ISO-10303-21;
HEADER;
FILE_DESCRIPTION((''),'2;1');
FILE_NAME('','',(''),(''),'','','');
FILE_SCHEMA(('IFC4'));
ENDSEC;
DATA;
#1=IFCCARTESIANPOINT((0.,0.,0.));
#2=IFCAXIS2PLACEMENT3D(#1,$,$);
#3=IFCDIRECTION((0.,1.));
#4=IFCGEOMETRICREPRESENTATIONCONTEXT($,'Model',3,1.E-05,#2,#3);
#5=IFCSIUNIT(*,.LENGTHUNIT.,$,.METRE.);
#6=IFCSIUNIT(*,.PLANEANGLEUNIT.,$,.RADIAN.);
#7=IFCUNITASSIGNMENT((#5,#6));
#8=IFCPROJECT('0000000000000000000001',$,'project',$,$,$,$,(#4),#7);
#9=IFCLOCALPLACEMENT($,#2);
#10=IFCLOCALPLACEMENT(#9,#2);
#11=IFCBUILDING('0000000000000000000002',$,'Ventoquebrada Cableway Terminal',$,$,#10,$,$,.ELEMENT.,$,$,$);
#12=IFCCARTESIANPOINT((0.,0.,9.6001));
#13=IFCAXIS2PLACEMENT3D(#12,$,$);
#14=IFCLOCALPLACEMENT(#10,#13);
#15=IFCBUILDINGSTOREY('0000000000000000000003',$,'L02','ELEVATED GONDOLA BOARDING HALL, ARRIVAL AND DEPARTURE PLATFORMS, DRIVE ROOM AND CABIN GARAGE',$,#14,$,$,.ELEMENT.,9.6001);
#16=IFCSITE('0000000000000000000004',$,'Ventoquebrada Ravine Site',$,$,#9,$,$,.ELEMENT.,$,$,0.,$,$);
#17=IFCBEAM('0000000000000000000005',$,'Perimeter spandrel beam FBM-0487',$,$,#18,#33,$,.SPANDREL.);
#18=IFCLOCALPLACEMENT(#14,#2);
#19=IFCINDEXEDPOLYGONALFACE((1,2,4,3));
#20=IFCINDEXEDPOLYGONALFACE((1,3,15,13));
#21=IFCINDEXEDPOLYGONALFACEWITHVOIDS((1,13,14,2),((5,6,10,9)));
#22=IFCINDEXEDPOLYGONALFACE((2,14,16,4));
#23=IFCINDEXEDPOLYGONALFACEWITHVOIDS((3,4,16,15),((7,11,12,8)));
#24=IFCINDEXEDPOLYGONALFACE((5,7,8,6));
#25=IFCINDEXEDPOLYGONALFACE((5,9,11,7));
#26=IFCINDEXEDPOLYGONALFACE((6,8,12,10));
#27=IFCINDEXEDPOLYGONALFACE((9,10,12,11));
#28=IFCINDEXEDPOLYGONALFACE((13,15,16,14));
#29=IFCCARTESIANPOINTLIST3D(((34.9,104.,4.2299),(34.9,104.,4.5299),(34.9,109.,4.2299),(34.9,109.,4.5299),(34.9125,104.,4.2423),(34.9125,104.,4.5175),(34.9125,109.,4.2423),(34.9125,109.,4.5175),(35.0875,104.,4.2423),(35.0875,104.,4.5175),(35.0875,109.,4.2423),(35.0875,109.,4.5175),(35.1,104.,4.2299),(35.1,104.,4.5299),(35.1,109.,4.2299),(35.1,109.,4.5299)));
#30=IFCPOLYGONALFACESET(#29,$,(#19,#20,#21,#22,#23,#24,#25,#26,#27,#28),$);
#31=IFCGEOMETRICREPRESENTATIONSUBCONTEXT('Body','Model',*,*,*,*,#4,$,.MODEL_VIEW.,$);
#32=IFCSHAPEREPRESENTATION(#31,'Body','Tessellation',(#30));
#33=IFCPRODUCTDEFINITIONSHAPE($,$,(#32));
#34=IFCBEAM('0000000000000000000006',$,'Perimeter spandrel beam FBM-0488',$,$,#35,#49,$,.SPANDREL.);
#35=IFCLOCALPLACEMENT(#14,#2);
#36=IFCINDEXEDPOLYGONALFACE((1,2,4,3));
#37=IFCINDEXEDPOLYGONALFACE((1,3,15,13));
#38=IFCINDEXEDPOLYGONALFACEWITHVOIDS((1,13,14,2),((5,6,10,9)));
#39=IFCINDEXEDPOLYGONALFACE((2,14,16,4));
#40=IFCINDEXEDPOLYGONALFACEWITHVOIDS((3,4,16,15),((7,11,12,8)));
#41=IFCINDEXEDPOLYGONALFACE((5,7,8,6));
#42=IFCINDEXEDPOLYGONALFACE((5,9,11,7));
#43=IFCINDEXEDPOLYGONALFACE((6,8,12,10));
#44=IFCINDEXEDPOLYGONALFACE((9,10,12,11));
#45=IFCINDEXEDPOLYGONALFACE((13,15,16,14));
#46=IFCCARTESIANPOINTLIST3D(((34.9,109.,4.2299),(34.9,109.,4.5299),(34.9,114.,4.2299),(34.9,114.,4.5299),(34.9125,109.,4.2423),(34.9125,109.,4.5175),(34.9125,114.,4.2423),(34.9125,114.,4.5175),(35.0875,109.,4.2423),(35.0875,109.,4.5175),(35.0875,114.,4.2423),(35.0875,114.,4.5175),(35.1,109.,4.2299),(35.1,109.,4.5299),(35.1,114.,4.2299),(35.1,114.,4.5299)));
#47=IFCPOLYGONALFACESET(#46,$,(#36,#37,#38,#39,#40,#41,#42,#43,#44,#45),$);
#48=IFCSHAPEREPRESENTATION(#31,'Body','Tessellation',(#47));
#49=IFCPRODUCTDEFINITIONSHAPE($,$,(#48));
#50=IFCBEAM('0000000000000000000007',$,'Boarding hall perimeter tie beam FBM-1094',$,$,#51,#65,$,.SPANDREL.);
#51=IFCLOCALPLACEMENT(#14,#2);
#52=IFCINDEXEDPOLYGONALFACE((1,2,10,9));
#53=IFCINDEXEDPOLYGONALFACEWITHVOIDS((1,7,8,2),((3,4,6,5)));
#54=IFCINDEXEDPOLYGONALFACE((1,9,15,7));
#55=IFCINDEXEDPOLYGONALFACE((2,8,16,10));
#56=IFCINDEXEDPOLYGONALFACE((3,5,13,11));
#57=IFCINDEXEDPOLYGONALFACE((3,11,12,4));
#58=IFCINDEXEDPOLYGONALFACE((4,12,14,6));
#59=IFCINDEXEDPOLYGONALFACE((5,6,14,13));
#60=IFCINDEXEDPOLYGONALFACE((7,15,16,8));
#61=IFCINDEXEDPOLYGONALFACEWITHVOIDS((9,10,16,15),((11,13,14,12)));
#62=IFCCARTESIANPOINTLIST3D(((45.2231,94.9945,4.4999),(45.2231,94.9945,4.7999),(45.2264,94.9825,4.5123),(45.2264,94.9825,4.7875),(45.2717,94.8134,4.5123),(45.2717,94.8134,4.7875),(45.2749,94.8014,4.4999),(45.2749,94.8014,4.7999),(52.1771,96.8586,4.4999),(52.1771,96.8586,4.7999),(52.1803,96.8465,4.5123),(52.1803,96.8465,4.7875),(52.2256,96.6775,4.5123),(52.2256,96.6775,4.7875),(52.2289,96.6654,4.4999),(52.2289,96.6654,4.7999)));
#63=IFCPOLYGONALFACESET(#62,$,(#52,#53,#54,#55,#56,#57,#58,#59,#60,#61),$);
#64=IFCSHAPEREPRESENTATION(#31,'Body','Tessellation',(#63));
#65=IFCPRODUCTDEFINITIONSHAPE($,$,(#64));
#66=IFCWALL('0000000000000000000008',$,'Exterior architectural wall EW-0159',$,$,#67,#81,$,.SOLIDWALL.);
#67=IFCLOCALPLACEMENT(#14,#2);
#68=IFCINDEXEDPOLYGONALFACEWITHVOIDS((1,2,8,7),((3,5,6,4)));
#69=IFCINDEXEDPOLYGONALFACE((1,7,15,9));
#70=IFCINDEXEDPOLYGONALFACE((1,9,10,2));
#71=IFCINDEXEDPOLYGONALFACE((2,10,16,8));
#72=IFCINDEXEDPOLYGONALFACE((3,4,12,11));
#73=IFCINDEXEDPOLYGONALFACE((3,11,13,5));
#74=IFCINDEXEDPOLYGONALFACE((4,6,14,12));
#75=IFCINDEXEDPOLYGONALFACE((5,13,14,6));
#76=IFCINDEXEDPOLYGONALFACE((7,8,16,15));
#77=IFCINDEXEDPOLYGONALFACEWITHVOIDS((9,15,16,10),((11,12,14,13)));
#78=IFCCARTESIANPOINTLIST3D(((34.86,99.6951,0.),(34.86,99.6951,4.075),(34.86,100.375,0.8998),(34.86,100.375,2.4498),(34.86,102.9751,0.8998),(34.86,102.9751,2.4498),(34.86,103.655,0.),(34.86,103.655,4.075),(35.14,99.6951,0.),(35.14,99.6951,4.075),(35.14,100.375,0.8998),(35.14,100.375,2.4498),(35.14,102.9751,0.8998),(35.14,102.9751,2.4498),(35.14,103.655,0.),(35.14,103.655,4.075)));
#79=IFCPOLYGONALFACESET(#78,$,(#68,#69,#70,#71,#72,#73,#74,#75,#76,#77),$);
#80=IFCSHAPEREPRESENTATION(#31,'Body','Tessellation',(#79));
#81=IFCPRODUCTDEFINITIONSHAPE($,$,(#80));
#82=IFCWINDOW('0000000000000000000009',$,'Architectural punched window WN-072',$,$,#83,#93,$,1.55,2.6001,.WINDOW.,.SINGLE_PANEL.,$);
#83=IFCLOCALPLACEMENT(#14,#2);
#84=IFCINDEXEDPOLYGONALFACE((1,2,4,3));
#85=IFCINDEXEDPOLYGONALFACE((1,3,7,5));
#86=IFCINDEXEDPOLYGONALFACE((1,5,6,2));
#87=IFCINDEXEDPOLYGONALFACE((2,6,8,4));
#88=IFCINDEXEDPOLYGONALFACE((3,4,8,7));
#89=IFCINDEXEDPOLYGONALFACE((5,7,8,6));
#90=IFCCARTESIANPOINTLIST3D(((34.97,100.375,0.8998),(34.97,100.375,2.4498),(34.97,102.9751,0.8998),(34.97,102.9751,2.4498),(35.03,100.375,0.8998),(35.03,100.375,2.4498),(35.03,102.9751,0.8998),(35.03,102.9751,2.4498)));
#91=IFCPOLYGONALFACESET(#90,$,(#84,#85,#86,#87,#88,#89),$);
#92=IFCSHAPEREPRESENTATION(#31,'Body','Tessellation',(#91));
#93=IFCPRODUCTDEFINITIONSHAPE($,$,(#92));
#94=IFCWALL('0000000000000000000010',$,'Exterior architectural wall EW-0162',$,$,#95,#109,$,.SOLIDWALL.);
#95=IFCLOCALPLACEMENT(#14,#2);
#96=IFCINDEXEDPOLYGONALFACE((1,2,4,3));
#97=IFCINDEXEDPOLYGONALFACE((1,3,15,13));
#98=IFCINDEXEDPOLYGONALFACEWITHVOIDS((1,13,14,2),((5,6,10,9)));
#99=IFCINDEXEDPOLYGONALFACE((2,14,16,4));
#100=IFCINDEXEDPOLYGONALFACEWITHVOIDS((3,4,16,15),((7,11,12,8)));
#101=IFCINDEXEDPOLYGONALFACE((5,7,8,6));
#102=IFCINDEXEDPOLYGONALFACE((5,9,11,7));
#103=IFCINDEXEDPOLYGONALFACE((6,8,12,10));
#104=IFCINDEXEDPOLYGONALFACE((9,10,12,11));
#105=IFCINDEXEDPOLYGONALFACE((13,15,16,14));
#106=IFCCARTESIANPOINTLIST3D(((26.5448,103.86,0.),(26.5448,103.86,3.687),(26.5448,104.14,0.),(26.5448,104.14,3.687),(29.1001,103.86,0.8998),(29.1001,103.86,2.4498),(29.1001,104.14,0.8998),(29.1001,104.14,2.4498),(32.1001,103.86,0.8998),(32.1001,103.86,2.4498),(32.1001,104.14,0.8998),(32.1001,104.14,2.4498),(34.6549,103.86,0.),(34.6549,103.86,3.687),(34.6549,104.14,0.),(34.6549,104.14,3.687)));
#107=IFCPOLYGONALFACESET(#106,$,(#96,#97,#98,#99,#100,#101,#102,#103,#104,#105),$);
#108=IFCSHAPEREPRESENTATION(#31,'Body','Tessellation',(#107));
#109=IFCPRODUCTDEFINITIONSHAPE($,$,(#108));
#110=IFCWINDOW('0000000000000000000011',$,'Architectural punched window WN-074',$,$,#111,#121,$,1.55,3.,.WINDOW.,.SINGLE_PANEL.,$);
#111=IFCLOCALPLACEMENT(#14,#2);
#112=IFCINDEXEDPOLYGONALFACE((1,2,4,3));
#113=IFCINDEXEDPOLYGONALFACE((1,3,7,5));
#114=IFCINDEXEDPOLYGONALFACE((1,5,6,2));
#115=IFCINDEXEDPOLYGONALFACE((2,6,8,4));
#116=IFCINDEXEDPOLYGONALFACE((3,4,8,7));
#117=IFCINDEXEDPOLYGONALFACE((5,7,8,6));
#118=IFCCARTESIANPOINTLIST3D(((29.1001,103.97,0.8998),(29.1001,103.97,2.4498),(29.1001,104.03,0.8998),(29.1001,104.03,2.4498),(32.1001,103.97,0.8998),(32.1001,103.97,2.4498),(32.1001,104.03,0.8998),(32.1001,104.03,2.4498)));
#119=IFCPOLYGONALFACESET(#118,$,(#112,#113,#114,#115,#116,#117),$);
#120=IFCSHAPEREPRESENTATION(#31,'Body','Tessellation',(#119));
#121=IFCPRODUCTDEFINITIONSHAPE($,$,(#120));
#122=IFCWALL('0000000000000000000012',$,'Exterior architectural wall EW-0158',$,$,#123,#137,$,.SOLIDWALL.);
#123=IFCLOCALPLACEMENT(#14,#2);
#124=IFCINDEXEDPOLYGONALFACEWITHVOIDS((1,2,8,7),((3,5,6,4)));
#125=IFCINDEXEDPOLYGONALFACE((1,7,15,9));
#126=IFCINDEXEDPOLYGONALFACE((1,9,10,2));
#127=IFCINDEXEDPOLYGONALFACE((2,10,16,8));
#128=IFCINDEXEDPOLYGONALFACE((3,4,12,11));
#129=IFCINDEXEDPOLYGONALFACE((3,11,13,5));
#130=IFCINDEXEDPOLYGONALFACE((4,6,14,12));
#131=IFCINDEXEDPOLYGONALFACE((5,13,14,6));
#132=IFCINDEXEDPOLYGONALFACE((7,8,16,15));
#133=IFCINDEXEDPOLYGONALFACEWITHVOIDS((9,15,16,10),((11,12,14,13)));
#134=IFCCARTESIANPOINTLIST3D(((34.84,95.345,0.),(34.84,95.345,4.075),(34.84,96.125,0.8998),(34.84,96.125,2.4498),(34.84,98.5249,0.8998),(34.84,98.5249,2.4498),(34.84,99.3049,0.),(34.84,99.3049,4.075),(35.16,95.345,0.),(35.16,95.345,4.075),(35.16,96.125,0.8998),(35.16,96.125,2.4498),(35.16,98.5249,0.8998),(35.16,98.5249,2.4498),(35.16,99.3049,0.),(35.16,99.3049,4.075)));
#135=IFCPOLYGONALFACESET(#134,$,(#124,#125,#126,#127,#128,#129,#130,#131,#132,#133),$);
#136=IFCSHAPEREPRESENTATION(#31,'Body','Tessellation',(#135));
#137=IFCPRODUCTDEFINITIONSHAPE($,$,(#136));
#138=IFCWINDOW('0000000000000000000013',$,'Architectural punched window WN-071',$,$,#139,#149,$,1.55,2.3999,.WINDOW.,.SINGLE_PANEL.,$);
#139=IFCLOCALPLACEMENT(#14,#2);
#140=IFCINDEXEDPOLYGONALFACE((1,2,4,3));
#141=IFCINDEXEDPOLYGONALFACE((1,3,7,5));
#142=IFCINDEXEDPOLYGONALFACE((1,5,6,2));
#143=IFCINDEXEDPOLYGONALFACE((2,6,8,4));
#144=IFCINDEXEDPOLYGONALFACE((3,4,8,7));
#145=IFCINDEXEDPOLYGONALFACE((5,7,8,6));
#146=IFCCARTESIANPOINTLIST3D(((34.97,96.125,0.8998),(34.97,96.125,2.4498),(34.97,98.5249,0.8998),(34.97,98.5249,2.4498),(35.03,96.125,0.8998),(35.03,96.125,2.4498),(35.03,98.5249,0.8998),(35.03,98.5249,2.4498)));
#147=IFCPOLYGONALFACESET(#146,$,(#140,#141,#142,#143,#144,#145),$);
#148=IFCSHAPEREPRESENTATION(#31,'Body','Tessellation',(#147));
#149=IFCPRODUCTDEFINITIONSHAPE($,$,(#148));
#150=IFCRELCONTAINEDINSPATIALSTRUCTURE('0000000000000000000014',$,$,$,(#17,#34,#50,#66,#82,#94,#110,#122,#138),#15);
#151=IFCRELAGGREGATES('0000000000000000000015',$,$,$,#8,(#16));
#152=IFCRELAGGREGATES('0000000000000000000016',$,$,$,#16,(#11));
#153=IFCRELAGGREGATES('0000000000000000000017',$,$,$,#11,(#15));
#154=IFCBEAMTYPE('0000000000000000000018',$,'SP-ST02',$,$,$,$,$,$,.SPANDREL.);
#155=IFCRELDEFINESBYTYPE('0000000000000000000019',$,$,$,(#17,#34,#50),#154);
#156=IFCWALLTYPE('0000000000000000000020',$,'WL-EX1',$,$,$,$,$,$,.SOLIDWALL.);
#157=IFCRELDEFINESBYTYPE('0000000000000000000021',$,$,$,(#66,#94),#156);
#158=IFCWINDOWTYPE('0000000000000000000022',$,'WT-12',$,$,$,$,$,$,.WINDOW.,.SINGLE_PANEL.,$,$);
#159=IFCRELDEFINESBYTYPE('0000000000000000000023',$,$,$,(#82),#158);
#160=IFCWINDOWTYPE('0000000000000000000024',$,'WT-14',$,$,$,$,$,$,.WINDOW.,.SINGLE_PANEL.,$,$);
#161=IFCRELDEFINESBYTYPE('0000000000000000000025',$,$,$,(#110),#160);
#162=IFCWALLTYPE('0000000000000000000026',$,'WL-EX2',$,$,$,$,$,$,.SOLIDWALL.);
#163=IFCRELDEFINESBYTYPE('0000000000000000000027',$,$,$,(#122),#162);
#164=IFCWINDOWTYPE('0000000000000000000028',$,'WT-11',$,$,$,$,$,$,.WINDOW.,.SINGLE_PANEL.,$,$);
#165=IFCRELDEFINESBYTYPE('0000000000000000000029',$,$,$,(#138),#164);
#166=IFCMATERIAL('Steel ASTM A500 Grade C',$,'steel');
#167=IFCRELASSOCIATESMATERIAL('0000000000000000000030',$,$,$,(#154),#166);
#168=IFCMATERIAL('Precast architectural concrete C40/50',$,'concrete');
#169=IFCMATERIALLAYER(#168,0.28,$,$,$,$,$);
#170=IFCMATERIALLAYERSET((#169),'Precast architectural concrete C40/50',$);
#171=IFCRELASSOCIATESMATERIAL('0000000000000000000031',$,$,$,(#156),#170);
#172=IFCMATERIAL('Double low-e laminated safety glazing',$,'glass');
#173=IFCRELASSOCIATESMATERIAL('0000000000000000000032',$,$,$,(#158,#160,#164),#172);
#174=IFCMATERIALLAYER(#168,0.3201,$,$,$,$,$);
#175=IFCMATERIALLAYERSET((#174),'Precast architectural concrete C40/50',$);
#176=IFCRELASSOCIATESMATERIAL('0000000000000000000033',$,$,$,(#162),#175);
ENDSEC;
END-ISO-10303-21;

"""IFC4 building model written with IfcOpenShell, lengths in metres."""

from ifc_helpers import new_model, si_unit, direction, frame, frame_2d, origin, origin_2d, place, context, subcontext, project, spatial, rectangle, hollow_rectangle, extrude, material, layer, layer_set, material_profile, profile_set, type_object, element, fill, save


model = new_model("IFC4")

# Units and contexts
model_context = context("Model", 3, precision=1e-05, world=origin(), true_north=direction((0.0, 1.0)))
body_context = subcontext(model_context, "Body", "Model", "MODEL_VIEW")
ifc_project = project(units=[si_unit("LENGTHUNIT", "METRE"), si_unit("PLANEANGLEUNIT", "RADIAN")], contexts=[model_context])

# Site, building, storey
site_placement = place(None, origin())
site = spatial("IfcSite", under=ifc_project, at=site_placement, Name="Ventoquebrada Ravine Site", CompositionType="ELEMENT", RefElevation=0.0)
building_placement = place(site_placement, origin())
building = spatial("IfcBuilding", under=site, at=building_placement, Name="Ventoquebrada Cableway Terminal", CompositionType="ELEMENT")
storey_placement = place(building_placement, frame((0.0, 0.0, 9.6001)))
storey = spatial("IfcBuildingStorey", under=building, at=storey_placement, Name="L02", Description="ELEVATED GONDOLA BOARDING HALL, ARRIVAL AND DEPARTURE PLATFORMS, DRIVE ROOM AND CABIN GARAGE", CompositionType="ELEMENT", Elevation=9.6001)

# Shared definitions
ifc_material_1 = material(Name="Steel ASTM A500 Grade C", Category="steel")

# Beams
ifc_material_profile_1 = material_profile(ifc_material_1, hollow_rectangle(XDim=0.2, YDim=0.3, WallThickness=0.0125, at=origin_2d()), Name="RHS300X200X12.5")
ifc_profile_set_1 = profile_set([ifc_material_profile_1], Name="Steel ASTM A500 Grade C")
beam_type = type_object("IfcBeamType", Name="SP-ST02", PredefinedType="SPANDREL", material=ifc_profile_set_1)
for number, where, z_axis, x_axis, name in (
    (1, (35.0, 104.0, 4.3799), (0.0, 1.0, 0.0), (-1.0, 0.0, 0.0), "Perimeter spandrel beam FBM-0487"),
    (2, (35.0, 109.0, 4.3799), (0.0, 1.0, 0.0), (-1.0, 0.0, 0.0), "Perimeter spandrel beam FBM-0488"),
):
    element("IfcBeam", number, at=place(storey_placement, frame(where, z_axis=z_axis, x_axis=x_axis)), inside=storey, type_object=beam_type, Name=name, PredefinedType="SPANDREL", context=body_context, shape_type="SweptSolid", body=[
        extrude(hollow_rectangle(XDim=0.2, YDim=0.3, WallThickness=0.0125, at=origin_2d()), origin(), (0.0, 0.0, 1.0), 5.0),
    ])
beam_placement = place(storey_placement, frame((45.249, 94.8979, 4.6499), z_axis=(0.9659, 0.258914, 0.0), x_axis=(-0.258914, 0.9659, 0.0)))
element("IfcBeam", 3, at=beam_placement, inside=storey, type_object=beam_type, Name="Boarding hall perimeter tie beam FBM-1094", PredefinedType="SPANDREL", context=body_context, shape_type="SweptSolid", body=[
    extrude(hollow_rectangle(XDim=0.2, YDim=0.3, WallThickness=0.0125, at=origin_2d()), origin(), (0.0, 0.0, 1.0), 7.1995),
])

# Walls, openings, windows
ifc_material_2 = material(Name="Precast architectural concrete C40/50", Category="concrete")
ifc_layer_1 = layer(ifc_material_2, 0.28)
ifc_layer_set_1 = layer_set([ifc_layer_1], Name="Precast architectural concrete C40/50")
wall_type_1 = type_object("IfcWallType", Name="WL-EX1", PredefinedType="SOLIDWALL", material=ifc_layer_set_1)
wall_1_placement = place(storey_placement, frame((35.0, 99.6951, 0.0), z_axis=(0.0, 0.0, 1.0), x_axis=(0.0, 1.0, 0.0)))
wall_1 = element("IfcWall", 4, at=wall_1_placement, inside=storey, type_object=wall_type_1, Name="Exterior architectural wall EW-0159", PredefinedType="SOLIDWALL", context=body_context, shape_type="SweptSolid", body=[
    extrude(rectangle(XDim=3.96, YDim=0.28, at=frame_2d((1.98, 0.0))), origin(), (0.0, 0.0, 1.0), 4.075),
])
opening_1_placement = place(wall_1_placement, frame((0.6799, 0.0, 0.8999)))
opening_1 = element("IfcOpeningElement", 5, at=opening_1_placement, cuts=wall_1, PredefinedType="OPENING", context=body_context, shape_type="SweptSolid", body=[
    extrude(rectangle(XDim=2.6001, YDim=1.55, at=frame_2d((1.3, 0.7749))), frame((0.0, 0.1499, 0.0), z_axis=(0.0, -1.0, 0.0), x_axis=(1.0, 0.0, 0.0)), (0.0, 0.0, 1.0), 0.3),
])
ifc_material_3 = material(Name="Double low-e laminated safety glazing", Category="glass")
window_type_1 = type_object("IfcWindowType", Name="WT-12", PartitioningType="SINGLE_PANEL", PredefinedType="WINDOW", material=ifc_material_3)
window_1_placement = place(opening_1_placement, origin())
window_1 = element("IfcWindow", 6, at=window_1_placement, inside=storey, type_object=window_type_1, Name="Architectural punched window WN-072", OverallHeight=1.55, OverallWidth=2.6001, PartitioningType="SINGLE_PANEL", PredefinedType="WINDOW", context=body_context, shape_type="SweptSolid", body=[
    extrude(rectangle(XDim=2.6001, YDim=1.55, at=frame_2d((1.3, 0.7749))), frame((0.0, 0.03, 0.0), z_axis=(0.0, -1.0, 0.0), x_axis=(1.0, 0.0, 0.0)), (0.0, 0.0, 1.0), 0.0601),
])
fill(opening_1, window_1)
wall_2_placement = place(storey_placement, frame((34.655, 104.0, 0.0), z_axis=(0.0, 0.0, 1.0), x_axis=(-1.0, 0.0, 0.0)))
wall_2 = element("IfcWall", 7, at=wall_2_placement, inside=storey, type_object=wall_type_1, Name="Exterior architectural wall EW-0162", PredefinedType="SOLIDWALL", context=body_context, shape_type="SweptSolid", body=[
    extrude(rectangle(XDim=8.1101, YDim=0.28, at=frame_2d((4.0552, 0.0))), origin(), (0.0, 0.0, 1.0), 3.687),
])
opening_2_placement = place(wall_2_placement, frame((2.5549, 0.0, 0.8999)))
opening_2 = element("IfcOpeningElement", 8, at=opening_2_placement, cuts=wall_2, PredefinedType="OPENING", context=body_context, shape_type="SweptSolid", body=[
    extrude(rectangle(XDim=3.0, YDim=1.55, at=frame_2d((1.5, 0.7749))), frame((0.0, 0.1499, 0.0), z_axis=(0.0, -1.0, 0.0), x_axis=(1.0, 0.0, 0.0)), (0.0, 0.0, 1.0), 0.3),
])
window_type_2 = type_object("IfcWindowType", Name="WT-14", PartitioningType="SINGLE_PANEL", PredefinedType="WINDOW", material=ifc_material_3)
window_2_placement = place(opening_2_placement, origin())
window_2 = element("IfcWindow", 9, at=window_2_placement, inside=storey, type_object=window_type_2, Name="Architectural punched window WN-074", OverallHeight=1.55, OverallWidth=3.0, PartitioningType="SINGLE_PANEL", PredefinedType="WINDOW", context=body_context, shape_type="SweptSolid", body=[
    extrude(rectangle(XDim=3.0, YDim=1.55, at=frame_2d((1.5, 0.7749))), frame((0.0, 0.03, 0.0), z_axis=(0.0, -1.0, 0.0), x_axis=(1.0, 0.0, 0.0)), (0.0, 0.0, 1.0), 0.0601),
])
fill(opening_2, window_2)
ifc_layer_2 = layer(ifc_material_2, 0.3201)
ifc_layer_set_2 = layer_set([ifc_layer_2], Name="Precast architectural concrete C40/50")
wall_type_2 = type_object("IfcWallType", Name="WL-EX2", PredefinedType="SOLIDWALL", material=ifc_layer_set_2)
wall_3_placement = place(storey_placement, frame((35.0, 95.345, 0.0), z_axis=(0.0, 0.0, 1.0), x_axis=(0.0, 1.0, 0.0)))
wall_3 = element("IfcWall", 10, at=wall_3_placement, inside=storey, type_object=wall_type_2, Name="Exterior architectural wall EW-0158", PredefinedType="SOLIDWALL", context=body_context, shape_type="SweptSolid", body=[
    extrude(rectangle(XDim=3.96, YDim=0.3201, at=frame_2d((1.98, 0.0))), origin(), (0.0, 0.0, 1.0), 4.075),
])
opening_3_placement = place(wall_3_placement, frame((0.78, 0.0, 0.8999)))
opening_3 = element("IfcOpeningElement", 11, at=opening_3_placement, cuts=wall_3, PredefinedType="OPENING", context=body_context, shape_type="SweptSolid", body=[
    extrude(rectangle(XDim=2.3999, YDim=1.55, at=frame_2d((1.2, 0.7749))), frame((0.0, 0.1699, 0.0), z_axis=(0.0, -1.0, 0.0), x_axis=(1.0, 0.0, 0.0)), (0.0, 0.0, 1.0), 0.3401),
])
window_type_3 = type_object("IfcWindowType", Name="WT-11", PartitioningType="SINGLE_PANEL", PredefinedType="WINDOW", material=ifc_material_3)
window_3_placement = place(opening_3_placement, origin())
window_3 = element("IfcWindow", 12, at=window_3_placement, inside=storey, type_object=window_type_3, Name="Architectural punched window WN-071", OverallHeight=1.55, OverallWidth=2.3999, PartitioningType="SINGLE_PANEL", PredefinedType="WINDOW", context=body_context, shape_type="SweptSolid", body=[
    extrude(rectangle(XDim=2.3999, YDim=1.55, at=frame_2d((1.2, 0.7749))), frame((0.0, 0.03, 0.0), z_axis=(0.0, -1.0, 0.0), x_axis=(1.0, 0.0, 0.0)), (0.0, 0.0, 1.0), 0.0601),
])
fill(opening_3, window_3)

save(model, "model.ifc")
